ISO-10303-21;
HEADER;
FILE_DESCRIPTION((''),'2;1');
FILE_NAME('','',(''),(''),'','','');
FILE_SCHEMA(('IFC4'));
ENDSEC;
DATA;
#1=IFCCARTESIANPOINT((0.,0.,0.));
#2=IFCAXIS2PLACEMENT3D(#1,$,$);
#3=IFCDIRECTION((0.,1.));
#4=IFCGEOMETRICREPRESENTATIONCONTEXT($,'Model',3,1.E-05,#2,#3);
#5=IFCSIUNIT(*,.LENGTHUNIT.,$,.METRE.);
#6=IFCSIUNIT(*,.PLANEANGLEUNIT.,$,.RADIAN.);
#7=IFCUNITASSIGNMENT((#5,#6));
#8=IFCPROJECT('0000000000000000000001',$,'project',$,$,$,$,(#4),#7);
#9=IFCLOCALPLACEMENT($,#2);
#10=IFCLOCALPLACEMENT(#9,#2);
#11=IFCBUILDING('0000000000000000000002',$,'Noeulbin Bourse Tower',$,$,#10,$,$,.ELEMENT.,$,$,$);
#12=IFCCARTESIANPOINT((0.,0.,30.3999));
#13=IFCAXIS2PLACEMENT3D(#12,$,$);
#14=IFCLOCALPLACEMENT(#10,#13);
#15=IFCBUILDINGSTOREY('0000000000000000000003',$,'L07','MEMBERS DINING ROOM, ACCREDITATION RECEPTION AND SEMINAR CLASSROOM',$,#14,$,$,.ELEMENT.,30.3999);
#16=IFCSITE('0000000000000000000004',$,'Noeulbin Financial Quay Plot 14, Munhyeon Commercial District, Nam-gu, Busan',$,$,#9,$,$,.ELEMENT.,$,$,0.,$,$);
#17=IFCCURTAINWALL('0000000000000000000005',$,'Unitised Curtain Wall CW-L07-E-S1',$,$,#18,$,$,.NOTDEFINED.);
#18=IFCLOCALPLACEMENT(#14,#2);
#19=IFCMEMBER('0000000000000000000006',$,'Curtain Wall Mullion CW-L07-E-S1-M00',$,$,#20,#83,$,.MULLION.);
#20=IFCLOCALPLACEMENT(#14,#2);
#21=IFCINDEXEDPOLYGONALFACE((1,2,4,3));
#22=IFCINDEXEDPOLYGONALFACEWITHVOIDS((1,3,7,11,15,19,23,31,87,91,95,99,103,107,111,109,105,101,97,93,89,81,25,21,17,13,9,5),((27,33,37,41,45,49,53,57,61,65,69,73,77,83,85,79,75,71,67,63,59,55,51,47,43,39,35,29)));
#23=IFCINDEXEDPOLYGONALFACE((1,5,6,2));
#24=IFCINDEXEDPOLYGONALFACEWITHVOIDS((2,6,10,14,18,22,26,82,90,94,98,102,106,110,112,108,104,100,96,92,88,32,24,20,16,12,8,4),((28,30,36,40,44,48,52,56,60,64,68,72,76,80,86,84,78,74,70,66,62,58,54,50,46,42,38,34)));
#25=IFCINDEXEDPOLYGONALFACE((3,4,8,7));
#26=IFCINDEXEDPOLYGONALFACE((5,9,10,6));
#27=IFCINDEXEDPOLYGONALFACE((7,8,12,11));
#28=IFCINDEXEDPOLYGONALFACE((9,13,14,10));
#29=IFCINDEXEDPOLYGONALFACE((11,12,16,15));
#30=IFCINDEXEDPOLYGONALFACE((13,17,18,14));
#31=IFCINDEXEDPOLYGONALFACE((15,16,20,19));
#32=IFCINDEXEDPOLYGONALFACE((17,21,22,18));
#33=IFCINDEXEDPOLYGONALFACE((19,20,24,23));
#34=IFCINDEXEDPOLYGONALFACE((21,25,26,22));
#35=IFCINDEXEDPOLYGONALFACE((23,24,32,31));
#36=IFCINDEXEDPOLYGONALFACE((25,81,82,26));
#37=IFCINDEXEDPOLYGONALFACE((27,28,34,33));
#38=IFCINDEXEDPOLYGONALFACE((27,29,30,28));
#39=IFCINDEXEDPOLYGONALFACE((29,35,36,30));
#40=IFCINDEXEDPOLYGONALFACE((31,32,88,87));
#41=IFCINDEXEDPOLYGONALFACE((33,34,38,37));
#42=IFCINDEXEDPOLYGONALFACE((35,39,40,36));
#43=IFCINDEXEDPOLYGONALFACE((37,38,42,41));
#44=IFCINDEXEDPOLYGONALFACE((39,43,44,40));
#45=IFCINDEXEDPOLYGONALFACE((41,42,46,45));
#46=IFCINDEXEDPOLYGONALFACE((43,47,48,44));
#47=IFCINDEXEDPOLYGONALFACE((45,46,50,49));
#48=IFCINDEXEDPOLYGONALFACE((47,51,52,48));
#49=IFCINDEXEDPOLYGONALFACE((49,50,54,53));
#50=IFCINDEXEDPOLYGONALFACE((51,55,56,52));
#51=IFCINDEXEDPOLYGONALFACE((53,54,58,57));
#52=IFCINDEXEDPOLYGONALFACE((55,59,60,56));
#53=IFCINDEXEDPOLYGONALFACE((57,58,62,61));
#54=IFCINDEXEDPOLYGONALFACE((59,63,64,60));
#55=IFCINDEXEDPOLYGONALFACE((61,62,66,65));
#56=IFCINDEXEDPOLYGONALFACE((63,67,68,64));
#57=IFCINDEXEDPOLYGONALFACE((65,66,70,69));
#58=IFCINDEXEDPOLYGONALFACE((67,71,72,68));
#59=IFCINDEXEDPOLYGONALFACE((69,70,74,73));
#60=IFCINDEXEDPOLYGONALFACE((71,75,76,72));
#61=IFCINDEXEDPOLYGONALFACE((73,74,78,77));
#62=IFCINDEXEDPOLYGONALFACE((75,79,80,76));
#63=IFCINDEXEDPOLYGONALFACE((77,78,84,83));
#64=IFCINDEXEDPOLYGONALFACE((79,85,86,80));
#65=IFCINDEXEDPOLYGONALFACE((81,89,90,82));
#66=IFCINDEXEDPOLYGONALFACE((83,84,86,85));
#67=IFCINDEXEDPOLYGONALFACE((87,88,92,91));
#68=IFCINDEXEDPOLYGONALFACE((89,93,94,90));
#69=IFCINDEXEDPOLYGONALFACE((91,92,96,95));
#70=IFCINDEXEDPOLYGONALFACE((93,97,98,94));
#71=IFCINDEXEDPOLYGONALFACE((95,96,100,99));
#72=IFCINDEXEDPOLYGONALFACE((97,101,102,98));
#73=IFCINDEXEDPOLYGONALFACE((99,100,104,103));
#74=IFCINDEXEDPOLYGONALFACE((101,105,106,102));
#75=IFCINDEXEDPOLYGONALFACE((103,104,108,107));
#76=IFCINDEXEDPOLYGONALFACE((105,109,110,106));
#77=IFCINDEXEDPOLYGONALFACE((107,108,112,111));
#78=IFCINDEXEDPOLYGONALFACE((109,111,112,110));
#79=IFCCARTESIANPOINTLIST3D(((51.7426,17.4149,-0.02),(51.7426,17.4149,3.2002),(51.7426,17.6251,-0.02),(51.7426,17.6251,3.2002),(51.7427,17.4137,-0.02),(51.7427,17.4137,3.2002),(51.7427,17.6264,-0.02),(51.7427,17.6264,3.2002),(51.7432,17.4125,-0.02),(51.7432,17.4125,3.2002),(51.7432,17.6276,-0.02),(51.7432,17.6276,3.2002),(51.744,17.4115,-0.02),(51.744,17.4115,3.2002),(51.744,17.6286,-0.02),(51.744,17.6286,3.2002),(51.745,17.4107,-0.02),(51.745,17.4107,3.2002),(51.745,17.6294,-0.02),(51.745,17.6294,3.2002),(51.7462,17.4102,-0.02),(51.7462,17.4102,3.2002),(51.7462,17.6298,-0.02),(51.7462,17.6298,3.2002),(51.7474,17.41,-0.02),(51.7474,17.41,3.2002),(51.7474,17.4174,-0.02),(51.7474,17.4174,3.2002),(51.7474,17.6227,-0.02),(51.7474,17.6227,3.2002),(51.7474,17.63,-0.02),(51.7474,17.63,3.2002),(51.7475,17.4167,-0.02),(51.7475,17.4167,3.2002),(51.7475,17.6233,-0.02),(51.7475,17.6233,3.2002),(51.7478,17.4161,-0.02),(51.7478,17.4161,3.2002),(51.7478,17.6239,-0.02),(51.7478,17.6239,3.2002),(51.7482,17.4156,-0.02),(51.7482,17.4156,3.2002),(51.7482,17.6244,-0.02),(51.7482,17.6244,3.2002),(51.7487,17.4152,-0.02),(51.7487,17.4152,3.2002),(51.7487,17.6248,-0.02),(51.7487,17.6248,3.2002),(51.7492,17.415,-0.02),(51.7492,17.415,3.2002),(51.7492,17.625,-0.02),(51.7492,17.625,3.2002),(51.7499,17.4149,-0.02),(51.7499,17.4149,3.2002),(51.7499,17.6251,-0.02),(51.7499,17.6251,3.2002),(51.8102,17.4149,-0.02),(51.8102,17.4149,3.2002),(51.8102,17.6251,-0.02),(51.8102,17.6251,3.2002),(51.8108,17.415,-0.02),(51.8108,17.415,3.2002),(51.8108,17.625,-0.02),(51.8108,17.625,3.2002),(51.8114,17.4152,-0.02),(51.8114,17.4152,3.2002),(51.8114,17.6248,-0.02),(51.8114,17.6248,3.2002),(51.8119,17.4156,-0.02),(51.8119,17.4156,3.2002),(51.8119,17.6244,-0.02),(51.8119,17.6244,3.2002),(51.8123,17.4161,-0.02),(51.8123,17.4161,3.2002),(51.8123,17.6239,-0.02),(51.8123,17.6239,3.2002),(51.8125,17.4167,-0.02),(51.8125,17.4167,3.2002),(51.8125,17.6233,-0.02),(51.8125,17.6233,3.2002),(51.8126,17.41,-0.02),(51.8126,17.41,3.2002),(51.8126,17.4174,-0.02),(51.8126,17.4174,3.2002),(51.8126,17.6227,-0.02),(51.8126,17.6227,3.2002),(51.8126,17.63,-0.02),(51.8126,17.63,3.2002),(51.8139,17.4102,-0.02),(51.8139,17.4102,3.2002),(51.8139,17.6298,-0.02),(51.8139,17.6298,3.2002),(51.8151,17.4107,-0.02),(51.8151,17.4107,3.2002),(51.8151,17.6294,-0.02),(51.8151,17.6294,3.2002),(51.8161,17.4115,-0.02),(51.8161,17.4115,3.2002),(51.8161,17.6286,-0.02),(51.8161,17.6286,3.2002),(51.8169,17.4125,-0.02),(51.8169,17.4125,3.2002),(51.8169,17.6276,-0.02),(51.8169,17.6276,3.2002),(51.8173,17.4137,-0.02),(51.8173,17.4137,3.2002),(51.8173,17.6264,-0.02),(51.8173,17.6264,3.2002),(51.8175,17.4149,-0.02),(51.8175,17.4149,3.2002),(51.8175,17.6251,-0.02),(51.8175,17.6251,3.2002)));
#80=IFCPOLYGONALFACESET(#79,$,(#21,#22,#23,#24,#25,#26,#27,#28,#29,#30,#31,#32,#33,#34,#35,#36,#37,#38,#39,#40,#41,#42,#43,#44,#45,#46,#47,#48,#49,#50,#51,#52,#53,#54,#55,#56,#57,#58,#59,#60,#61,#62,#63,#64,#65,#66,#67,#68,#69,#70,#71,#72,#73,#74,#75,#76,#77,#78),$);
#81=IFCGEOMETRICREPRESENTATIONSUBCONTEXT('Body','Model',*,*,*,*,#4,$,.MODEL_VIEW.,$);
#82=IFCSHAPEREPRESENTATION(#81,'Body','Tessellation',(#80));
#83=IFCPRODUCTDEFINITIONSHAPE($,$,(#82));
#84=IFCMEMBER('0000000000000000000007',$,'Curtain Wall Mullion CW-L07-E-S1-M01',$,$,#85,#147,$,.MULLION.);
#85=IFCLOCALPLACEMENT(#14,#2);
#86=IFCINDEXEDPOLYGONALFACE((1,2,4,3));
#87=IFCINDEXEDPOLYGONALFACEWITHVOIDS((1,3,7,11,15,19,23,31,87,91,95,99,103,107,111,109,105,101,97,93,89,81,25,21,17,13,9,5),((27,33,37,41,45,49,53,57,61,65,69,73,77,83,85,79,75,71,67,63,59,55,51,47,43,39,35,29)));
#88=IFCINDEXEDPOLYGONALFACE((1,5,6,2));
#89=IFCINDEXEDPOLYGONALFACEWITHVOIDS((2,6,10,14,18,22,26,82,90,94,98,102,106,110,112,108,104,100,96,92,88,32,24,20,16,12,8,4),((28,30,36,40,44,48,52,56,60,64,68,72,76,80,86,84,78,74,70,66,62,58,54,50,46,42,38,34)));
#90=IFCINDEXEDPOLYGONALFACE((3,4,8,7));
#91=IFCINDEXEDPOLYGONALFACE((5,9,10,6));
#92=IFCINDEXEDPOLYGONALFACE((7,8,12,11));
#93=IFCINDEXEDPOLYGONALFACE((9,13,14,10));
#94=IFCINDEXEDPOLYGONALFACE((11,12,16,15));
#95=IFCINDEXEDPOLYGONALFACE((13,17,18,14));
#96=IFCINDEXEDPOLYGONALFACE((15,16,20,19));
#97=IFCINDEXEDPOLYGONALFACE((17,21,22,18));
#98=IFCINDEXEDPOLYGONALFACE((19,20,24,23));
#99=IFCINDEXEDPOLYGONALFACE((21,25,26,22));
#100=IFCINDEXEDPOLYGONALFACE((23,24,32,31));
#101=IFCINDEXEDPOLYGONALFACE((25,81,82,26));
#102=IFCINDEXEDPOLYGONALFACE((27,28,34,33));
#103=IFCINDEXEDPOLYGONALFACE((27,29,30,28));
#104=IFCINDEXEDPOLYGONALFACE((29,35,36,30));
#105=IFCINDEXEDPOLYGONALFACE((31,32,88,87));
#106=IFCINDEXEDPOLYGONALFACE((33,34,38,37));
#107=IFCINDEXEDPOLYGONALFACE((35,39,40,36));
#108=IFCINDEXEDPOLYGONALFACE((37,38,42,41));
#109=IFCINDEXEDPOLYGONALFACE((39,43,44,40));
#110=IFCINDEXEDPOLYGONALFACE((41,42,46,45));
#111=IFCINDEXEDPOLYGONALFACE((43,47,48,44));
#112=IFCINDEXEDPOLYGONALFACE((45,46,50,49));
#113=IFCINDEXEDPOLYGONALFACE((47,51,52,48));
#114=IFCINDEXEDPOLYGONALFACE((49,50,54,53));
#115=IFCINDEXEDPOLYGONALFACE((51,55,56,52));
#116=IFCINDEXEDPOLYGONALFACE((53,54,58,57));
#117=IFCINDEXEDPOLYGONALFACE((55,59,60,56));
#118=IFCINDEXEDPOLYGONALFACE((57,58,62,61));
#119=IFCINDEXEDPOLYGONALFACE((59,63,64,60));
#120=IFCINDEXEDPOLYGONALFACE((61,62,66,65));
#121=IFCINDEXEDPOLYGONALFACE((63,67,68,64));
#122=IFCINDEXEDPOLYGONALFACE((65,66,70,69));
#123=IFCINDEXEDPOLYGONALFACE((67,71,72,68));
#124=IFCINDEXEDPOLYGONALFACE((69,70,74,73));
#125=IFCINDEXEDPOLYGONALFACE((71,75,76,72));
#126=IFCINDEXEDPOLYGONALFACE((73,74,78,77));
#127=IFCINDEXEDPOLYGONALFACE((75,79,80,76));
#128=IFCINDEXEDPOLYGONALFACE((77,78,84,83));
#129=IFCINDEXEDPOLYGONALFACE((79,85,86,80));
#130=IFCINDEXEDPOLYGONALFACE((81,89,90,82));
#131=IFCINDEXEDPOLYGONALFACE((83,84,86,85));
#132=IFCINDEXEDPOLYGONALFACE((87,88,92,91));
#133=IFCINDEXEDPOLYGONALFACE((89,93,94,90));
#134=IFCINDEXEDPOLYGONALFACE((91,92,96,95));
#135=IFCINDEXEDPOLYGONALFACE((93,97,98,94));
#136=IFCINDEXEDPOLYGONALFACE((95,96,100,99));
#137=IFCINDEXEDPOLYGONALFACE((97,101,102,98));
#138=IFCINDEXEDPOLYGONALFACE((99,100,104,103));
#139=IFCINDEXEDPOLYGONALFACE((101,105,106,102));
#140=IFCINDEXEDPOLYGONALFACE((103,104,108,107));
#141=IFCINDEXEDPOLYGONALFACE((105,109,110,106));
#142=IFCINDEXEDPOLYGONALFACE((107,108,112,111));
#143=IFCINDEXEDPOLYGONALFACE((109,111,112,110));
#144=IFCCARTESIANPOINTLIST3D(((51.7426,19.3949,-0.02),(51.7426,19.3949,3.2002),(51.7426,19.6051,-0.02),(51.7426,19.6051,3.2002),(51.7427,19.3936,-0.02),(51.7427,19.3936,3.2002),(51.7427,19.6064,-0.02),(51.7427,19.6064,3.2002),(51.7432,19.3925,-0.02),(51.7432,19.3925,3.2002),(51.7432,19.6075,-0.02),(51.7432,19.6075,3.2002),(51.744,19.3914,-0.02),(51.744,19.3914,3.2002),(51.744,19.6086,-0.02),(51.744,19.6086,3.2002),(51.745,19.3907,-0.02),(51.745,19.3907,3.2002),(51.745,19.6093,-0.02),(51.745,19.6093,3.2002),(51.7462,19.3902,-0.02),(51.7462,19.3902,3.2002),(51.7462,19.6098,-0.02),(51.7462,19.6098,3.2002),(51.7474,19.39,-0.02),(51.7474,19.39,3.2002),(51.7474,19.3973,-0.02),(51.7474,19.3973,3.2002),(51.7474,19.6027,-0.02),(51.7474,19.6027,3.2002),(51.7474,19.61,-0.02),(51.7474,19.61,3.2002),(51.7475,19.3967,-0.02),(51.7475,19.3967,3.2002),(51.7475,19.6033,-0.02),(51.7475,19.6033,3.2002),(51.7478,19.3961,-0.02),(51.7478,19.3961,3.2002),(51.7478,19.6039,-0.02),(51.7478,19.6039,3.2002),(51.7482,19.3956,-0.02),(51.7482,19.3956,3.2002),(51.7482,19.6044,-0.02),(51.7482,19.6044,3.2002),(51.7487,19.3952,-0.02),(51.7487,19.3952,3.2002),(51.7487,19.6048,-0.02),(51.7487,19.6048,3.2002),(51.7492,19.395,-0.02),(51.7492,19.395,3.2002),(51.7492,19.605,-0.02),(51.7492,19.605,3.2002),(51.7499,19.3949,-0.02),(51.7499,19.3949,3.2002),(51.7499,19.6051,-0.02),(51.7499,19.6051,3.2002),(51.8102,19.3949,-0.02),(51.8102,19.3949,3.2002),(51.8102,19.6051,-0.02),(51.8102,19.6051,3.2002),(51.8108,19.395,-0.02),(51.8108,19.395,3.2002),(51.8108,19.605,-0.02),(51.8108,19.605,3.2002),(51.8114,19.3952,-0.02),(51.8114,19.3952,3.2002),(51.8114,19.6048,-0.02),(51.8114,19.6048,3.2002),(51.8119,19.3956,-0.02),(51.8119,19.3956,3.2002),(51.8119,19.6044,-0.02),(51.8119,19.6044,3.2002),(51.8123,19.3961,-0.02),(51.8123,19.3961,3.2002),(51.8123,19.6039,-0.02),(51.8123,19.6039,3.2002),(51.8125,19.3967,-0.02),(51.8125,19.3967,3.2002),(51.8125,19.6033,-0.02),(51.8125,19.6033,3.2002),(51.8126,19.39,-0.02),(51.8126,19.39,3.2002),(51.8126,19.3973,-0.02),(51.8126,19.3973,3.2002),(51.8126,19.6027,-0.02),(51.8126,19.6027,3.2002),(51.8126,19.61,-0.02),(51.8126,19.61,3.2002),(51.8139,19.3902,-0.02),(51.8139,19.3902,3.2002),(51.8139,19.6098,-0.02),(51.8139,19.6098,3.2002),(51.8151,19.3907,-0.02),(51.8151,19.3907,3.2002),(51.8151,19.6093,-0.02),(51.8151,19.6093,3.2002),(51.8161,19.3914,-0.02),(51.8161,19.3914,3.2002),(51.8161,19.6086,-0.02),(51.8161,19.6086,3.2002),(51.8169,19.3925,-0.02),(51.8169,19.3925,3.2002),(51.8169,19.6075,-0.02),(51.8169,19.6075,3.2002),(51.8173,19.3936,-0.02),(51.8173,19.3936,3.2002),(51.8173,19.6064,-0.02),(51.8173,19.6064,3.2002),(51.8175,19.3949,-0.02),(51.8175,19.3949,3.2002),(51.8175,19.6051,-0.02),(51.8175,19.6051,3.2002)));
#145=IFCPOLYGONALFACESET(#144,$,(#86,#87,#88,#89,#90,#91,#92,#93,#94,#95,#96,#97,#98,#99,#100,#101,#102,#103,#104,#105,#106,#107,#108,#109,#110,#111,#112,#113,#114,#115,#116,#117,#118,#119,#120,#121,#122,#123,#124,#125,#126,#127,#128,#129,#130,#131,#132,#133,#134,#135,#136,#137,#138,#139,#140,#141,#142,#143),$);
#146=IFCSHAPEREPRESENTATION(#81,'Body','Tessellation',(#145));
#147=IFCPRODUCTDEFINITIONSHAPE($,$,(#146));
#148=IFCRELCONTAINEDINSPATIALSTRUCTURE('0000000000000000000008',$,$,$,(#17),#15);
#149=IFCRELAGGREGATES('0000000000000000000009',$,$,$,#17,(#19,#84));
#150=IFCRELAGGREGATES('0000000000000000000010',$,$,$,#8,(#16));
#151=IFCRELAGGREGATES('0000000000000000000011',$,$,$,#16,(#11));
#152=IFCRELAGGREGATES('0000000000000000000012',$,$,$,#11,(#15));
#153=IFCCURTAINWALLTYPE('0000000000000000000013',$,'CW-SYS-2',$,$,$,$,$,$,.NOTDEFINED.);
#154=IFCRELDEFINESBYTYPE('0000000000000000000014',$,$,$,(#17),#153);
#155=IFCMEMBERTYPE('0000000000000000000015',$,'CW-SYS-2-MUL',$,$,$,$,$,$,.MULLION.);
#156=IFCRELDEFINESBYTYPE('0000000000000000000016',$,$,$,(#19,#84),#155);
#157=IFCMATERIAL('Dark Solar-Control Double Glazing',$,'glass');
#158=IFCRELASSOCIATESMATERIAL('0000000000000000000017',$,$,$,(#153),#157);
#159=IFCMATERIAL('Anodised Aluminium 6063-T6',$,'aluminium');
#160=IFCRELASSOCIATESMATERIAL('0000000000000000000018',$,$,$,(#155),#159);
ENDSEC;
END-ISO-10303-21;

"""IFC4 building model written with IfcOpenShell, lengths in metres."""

from ifc_helpers import new_model, si_unit, direction, frame, origin, origin_2d, place, context, subcontext, project, spatial, hollow_rectangle, extrude, material, material_profile, profile_set, type_object, element, aggregate, save


model = new_model("IFC4")

# Units and contexts
model_context = context("Model", 3, precision=1e-05, world=origin(), true_north=direction((0.0, 1.0)))
body_context = subcontext(model_context, "Body", "Model", "MODEL_VIEW")
ifc_project = project(units=[si_unit("LENGTHUNIT", "METRE"), si_unit("PLANEANGLEUNIT", "RADIAN")], contexts=[model_context])

# Site, building, storey
site_placement = place(None, origin())
site = spatial("IfcSite", under=ifc_project, at=site_placement, Name="Noeulbin Financial Quay Plot 14, Munhyeon Commercial District, Nam-gu, Busan", CompositionType="ELEMENT", RefElevation=0.0)
building_placement = place(site_placement, origin())
building = spatial("IfcBuilding", under=site, at=building_placement, Name="Noeulbin Bourse Tower", CompositionType="ELEMENT")
storey_placement = place(building_placement, frame((0.0, 0.0, 30.3999)))
storey = spatial("IfcBuildingStorey", under=building, at=storey_placement, Name="L07", Description="MEMBERS DINING ROOM, ACCREDITATION RECEPTION AND SEMINAR CLASSROOM", CompositionType="ELEMENT", Elevation=30.3999)

# Curtain wall, members
ifc_material_1 = material(Name="Dark Solar-Control Double Glazing", Category="glass")
curtain_wall_type = type_object("IfcCurtainWallType", Name="CW-SYS-2", PredefinedType="NOTDEFINED", material=ifc_material_1)
ifc_material_2 = material(Name="Anodised Aluminium 6063-T6", Category="aluminium")
ifc_material_profile_1 = material_profile(ifc_material_2, hollow_rectangle(XDim=0.075, YDim=0.22, WallThickness=0.0049, InnerFilletRadius=0.0024, OuterFilletRadius=0.0049, at=origin_2d()), Name="ALU-MULL-75x220x5", Category="LoadBearing")
ifc_profile_set_1 = profile_set([ifc_material_profile_1], Name="Anodised Aluminium 6063-T6")
member_type_1 = type_object("IfcMemberType", Name="CW-SYS-2-MUL", PredefinedType="MULLION", material=ifc_profile_set_1)
curtain_wall_1_placement = place(storey_placement, origin())
curtain_wall_1 = element("IfcCurtainWall", 1, at=curtain_wall_1_placement, inside=storey, type_object=curtain_wall_type, Name="Unitised Curtain Wall CW-L07-E-S1", PredefinedType="NOTDEFINED")
member_1_placement = place(storey_placement, frame((51.78, 17.52, -0.02), z_axis=(0.0, 0.0, 1.0), x_axis=(1.0, 0.0, 0.0)))
member_1 = element("IfcMember", 2, at=member_1_placement, type_object=member_type_1, Name="Curtain Wall Mullion CW-L07-E-S1-M00", PredefinedType="MULLION", context=body_context, shape_type="SweptSolid", body=[
    extrude(hollow_rectangle(XDim=0.075, YDim=0.22, WallThickness=0.0049, InnerFilletRadius=0.0024, OuterFilletRadius=0.0049, at=origin_2d()), origin(), (0.0, 0.0, 1.0), 3.2202),
])
member_2_placement = place(storey_placement, frame((51.78, 19.5, -0.02), z_axis=(0.0, 0.0, 1.0), x_axis=(1.0, 0.0, 0.0)))
member_2 = element("IfcMember", 3, at=member_2_placement, type_object=member_type_1, Name="Curtain Wall Mullion CW-L07-E-S1-M01", PredefinedType="MULLION", context=body_context, shape_type="SweptSolid", body=[
    extrude(hollow_rectangle(XDim=0.075, YDim=0.22, WallThickness=0.0049, InnerFilletRadius=0.0024, OuterFilletRadius=0.0049, at=origin_2d()), origin(), (0.0, 0.0, 1.0), 3.2202),
])

aggregate(curtain_wall_1, [member_1, member_2])

save(model, "model.ifc")
